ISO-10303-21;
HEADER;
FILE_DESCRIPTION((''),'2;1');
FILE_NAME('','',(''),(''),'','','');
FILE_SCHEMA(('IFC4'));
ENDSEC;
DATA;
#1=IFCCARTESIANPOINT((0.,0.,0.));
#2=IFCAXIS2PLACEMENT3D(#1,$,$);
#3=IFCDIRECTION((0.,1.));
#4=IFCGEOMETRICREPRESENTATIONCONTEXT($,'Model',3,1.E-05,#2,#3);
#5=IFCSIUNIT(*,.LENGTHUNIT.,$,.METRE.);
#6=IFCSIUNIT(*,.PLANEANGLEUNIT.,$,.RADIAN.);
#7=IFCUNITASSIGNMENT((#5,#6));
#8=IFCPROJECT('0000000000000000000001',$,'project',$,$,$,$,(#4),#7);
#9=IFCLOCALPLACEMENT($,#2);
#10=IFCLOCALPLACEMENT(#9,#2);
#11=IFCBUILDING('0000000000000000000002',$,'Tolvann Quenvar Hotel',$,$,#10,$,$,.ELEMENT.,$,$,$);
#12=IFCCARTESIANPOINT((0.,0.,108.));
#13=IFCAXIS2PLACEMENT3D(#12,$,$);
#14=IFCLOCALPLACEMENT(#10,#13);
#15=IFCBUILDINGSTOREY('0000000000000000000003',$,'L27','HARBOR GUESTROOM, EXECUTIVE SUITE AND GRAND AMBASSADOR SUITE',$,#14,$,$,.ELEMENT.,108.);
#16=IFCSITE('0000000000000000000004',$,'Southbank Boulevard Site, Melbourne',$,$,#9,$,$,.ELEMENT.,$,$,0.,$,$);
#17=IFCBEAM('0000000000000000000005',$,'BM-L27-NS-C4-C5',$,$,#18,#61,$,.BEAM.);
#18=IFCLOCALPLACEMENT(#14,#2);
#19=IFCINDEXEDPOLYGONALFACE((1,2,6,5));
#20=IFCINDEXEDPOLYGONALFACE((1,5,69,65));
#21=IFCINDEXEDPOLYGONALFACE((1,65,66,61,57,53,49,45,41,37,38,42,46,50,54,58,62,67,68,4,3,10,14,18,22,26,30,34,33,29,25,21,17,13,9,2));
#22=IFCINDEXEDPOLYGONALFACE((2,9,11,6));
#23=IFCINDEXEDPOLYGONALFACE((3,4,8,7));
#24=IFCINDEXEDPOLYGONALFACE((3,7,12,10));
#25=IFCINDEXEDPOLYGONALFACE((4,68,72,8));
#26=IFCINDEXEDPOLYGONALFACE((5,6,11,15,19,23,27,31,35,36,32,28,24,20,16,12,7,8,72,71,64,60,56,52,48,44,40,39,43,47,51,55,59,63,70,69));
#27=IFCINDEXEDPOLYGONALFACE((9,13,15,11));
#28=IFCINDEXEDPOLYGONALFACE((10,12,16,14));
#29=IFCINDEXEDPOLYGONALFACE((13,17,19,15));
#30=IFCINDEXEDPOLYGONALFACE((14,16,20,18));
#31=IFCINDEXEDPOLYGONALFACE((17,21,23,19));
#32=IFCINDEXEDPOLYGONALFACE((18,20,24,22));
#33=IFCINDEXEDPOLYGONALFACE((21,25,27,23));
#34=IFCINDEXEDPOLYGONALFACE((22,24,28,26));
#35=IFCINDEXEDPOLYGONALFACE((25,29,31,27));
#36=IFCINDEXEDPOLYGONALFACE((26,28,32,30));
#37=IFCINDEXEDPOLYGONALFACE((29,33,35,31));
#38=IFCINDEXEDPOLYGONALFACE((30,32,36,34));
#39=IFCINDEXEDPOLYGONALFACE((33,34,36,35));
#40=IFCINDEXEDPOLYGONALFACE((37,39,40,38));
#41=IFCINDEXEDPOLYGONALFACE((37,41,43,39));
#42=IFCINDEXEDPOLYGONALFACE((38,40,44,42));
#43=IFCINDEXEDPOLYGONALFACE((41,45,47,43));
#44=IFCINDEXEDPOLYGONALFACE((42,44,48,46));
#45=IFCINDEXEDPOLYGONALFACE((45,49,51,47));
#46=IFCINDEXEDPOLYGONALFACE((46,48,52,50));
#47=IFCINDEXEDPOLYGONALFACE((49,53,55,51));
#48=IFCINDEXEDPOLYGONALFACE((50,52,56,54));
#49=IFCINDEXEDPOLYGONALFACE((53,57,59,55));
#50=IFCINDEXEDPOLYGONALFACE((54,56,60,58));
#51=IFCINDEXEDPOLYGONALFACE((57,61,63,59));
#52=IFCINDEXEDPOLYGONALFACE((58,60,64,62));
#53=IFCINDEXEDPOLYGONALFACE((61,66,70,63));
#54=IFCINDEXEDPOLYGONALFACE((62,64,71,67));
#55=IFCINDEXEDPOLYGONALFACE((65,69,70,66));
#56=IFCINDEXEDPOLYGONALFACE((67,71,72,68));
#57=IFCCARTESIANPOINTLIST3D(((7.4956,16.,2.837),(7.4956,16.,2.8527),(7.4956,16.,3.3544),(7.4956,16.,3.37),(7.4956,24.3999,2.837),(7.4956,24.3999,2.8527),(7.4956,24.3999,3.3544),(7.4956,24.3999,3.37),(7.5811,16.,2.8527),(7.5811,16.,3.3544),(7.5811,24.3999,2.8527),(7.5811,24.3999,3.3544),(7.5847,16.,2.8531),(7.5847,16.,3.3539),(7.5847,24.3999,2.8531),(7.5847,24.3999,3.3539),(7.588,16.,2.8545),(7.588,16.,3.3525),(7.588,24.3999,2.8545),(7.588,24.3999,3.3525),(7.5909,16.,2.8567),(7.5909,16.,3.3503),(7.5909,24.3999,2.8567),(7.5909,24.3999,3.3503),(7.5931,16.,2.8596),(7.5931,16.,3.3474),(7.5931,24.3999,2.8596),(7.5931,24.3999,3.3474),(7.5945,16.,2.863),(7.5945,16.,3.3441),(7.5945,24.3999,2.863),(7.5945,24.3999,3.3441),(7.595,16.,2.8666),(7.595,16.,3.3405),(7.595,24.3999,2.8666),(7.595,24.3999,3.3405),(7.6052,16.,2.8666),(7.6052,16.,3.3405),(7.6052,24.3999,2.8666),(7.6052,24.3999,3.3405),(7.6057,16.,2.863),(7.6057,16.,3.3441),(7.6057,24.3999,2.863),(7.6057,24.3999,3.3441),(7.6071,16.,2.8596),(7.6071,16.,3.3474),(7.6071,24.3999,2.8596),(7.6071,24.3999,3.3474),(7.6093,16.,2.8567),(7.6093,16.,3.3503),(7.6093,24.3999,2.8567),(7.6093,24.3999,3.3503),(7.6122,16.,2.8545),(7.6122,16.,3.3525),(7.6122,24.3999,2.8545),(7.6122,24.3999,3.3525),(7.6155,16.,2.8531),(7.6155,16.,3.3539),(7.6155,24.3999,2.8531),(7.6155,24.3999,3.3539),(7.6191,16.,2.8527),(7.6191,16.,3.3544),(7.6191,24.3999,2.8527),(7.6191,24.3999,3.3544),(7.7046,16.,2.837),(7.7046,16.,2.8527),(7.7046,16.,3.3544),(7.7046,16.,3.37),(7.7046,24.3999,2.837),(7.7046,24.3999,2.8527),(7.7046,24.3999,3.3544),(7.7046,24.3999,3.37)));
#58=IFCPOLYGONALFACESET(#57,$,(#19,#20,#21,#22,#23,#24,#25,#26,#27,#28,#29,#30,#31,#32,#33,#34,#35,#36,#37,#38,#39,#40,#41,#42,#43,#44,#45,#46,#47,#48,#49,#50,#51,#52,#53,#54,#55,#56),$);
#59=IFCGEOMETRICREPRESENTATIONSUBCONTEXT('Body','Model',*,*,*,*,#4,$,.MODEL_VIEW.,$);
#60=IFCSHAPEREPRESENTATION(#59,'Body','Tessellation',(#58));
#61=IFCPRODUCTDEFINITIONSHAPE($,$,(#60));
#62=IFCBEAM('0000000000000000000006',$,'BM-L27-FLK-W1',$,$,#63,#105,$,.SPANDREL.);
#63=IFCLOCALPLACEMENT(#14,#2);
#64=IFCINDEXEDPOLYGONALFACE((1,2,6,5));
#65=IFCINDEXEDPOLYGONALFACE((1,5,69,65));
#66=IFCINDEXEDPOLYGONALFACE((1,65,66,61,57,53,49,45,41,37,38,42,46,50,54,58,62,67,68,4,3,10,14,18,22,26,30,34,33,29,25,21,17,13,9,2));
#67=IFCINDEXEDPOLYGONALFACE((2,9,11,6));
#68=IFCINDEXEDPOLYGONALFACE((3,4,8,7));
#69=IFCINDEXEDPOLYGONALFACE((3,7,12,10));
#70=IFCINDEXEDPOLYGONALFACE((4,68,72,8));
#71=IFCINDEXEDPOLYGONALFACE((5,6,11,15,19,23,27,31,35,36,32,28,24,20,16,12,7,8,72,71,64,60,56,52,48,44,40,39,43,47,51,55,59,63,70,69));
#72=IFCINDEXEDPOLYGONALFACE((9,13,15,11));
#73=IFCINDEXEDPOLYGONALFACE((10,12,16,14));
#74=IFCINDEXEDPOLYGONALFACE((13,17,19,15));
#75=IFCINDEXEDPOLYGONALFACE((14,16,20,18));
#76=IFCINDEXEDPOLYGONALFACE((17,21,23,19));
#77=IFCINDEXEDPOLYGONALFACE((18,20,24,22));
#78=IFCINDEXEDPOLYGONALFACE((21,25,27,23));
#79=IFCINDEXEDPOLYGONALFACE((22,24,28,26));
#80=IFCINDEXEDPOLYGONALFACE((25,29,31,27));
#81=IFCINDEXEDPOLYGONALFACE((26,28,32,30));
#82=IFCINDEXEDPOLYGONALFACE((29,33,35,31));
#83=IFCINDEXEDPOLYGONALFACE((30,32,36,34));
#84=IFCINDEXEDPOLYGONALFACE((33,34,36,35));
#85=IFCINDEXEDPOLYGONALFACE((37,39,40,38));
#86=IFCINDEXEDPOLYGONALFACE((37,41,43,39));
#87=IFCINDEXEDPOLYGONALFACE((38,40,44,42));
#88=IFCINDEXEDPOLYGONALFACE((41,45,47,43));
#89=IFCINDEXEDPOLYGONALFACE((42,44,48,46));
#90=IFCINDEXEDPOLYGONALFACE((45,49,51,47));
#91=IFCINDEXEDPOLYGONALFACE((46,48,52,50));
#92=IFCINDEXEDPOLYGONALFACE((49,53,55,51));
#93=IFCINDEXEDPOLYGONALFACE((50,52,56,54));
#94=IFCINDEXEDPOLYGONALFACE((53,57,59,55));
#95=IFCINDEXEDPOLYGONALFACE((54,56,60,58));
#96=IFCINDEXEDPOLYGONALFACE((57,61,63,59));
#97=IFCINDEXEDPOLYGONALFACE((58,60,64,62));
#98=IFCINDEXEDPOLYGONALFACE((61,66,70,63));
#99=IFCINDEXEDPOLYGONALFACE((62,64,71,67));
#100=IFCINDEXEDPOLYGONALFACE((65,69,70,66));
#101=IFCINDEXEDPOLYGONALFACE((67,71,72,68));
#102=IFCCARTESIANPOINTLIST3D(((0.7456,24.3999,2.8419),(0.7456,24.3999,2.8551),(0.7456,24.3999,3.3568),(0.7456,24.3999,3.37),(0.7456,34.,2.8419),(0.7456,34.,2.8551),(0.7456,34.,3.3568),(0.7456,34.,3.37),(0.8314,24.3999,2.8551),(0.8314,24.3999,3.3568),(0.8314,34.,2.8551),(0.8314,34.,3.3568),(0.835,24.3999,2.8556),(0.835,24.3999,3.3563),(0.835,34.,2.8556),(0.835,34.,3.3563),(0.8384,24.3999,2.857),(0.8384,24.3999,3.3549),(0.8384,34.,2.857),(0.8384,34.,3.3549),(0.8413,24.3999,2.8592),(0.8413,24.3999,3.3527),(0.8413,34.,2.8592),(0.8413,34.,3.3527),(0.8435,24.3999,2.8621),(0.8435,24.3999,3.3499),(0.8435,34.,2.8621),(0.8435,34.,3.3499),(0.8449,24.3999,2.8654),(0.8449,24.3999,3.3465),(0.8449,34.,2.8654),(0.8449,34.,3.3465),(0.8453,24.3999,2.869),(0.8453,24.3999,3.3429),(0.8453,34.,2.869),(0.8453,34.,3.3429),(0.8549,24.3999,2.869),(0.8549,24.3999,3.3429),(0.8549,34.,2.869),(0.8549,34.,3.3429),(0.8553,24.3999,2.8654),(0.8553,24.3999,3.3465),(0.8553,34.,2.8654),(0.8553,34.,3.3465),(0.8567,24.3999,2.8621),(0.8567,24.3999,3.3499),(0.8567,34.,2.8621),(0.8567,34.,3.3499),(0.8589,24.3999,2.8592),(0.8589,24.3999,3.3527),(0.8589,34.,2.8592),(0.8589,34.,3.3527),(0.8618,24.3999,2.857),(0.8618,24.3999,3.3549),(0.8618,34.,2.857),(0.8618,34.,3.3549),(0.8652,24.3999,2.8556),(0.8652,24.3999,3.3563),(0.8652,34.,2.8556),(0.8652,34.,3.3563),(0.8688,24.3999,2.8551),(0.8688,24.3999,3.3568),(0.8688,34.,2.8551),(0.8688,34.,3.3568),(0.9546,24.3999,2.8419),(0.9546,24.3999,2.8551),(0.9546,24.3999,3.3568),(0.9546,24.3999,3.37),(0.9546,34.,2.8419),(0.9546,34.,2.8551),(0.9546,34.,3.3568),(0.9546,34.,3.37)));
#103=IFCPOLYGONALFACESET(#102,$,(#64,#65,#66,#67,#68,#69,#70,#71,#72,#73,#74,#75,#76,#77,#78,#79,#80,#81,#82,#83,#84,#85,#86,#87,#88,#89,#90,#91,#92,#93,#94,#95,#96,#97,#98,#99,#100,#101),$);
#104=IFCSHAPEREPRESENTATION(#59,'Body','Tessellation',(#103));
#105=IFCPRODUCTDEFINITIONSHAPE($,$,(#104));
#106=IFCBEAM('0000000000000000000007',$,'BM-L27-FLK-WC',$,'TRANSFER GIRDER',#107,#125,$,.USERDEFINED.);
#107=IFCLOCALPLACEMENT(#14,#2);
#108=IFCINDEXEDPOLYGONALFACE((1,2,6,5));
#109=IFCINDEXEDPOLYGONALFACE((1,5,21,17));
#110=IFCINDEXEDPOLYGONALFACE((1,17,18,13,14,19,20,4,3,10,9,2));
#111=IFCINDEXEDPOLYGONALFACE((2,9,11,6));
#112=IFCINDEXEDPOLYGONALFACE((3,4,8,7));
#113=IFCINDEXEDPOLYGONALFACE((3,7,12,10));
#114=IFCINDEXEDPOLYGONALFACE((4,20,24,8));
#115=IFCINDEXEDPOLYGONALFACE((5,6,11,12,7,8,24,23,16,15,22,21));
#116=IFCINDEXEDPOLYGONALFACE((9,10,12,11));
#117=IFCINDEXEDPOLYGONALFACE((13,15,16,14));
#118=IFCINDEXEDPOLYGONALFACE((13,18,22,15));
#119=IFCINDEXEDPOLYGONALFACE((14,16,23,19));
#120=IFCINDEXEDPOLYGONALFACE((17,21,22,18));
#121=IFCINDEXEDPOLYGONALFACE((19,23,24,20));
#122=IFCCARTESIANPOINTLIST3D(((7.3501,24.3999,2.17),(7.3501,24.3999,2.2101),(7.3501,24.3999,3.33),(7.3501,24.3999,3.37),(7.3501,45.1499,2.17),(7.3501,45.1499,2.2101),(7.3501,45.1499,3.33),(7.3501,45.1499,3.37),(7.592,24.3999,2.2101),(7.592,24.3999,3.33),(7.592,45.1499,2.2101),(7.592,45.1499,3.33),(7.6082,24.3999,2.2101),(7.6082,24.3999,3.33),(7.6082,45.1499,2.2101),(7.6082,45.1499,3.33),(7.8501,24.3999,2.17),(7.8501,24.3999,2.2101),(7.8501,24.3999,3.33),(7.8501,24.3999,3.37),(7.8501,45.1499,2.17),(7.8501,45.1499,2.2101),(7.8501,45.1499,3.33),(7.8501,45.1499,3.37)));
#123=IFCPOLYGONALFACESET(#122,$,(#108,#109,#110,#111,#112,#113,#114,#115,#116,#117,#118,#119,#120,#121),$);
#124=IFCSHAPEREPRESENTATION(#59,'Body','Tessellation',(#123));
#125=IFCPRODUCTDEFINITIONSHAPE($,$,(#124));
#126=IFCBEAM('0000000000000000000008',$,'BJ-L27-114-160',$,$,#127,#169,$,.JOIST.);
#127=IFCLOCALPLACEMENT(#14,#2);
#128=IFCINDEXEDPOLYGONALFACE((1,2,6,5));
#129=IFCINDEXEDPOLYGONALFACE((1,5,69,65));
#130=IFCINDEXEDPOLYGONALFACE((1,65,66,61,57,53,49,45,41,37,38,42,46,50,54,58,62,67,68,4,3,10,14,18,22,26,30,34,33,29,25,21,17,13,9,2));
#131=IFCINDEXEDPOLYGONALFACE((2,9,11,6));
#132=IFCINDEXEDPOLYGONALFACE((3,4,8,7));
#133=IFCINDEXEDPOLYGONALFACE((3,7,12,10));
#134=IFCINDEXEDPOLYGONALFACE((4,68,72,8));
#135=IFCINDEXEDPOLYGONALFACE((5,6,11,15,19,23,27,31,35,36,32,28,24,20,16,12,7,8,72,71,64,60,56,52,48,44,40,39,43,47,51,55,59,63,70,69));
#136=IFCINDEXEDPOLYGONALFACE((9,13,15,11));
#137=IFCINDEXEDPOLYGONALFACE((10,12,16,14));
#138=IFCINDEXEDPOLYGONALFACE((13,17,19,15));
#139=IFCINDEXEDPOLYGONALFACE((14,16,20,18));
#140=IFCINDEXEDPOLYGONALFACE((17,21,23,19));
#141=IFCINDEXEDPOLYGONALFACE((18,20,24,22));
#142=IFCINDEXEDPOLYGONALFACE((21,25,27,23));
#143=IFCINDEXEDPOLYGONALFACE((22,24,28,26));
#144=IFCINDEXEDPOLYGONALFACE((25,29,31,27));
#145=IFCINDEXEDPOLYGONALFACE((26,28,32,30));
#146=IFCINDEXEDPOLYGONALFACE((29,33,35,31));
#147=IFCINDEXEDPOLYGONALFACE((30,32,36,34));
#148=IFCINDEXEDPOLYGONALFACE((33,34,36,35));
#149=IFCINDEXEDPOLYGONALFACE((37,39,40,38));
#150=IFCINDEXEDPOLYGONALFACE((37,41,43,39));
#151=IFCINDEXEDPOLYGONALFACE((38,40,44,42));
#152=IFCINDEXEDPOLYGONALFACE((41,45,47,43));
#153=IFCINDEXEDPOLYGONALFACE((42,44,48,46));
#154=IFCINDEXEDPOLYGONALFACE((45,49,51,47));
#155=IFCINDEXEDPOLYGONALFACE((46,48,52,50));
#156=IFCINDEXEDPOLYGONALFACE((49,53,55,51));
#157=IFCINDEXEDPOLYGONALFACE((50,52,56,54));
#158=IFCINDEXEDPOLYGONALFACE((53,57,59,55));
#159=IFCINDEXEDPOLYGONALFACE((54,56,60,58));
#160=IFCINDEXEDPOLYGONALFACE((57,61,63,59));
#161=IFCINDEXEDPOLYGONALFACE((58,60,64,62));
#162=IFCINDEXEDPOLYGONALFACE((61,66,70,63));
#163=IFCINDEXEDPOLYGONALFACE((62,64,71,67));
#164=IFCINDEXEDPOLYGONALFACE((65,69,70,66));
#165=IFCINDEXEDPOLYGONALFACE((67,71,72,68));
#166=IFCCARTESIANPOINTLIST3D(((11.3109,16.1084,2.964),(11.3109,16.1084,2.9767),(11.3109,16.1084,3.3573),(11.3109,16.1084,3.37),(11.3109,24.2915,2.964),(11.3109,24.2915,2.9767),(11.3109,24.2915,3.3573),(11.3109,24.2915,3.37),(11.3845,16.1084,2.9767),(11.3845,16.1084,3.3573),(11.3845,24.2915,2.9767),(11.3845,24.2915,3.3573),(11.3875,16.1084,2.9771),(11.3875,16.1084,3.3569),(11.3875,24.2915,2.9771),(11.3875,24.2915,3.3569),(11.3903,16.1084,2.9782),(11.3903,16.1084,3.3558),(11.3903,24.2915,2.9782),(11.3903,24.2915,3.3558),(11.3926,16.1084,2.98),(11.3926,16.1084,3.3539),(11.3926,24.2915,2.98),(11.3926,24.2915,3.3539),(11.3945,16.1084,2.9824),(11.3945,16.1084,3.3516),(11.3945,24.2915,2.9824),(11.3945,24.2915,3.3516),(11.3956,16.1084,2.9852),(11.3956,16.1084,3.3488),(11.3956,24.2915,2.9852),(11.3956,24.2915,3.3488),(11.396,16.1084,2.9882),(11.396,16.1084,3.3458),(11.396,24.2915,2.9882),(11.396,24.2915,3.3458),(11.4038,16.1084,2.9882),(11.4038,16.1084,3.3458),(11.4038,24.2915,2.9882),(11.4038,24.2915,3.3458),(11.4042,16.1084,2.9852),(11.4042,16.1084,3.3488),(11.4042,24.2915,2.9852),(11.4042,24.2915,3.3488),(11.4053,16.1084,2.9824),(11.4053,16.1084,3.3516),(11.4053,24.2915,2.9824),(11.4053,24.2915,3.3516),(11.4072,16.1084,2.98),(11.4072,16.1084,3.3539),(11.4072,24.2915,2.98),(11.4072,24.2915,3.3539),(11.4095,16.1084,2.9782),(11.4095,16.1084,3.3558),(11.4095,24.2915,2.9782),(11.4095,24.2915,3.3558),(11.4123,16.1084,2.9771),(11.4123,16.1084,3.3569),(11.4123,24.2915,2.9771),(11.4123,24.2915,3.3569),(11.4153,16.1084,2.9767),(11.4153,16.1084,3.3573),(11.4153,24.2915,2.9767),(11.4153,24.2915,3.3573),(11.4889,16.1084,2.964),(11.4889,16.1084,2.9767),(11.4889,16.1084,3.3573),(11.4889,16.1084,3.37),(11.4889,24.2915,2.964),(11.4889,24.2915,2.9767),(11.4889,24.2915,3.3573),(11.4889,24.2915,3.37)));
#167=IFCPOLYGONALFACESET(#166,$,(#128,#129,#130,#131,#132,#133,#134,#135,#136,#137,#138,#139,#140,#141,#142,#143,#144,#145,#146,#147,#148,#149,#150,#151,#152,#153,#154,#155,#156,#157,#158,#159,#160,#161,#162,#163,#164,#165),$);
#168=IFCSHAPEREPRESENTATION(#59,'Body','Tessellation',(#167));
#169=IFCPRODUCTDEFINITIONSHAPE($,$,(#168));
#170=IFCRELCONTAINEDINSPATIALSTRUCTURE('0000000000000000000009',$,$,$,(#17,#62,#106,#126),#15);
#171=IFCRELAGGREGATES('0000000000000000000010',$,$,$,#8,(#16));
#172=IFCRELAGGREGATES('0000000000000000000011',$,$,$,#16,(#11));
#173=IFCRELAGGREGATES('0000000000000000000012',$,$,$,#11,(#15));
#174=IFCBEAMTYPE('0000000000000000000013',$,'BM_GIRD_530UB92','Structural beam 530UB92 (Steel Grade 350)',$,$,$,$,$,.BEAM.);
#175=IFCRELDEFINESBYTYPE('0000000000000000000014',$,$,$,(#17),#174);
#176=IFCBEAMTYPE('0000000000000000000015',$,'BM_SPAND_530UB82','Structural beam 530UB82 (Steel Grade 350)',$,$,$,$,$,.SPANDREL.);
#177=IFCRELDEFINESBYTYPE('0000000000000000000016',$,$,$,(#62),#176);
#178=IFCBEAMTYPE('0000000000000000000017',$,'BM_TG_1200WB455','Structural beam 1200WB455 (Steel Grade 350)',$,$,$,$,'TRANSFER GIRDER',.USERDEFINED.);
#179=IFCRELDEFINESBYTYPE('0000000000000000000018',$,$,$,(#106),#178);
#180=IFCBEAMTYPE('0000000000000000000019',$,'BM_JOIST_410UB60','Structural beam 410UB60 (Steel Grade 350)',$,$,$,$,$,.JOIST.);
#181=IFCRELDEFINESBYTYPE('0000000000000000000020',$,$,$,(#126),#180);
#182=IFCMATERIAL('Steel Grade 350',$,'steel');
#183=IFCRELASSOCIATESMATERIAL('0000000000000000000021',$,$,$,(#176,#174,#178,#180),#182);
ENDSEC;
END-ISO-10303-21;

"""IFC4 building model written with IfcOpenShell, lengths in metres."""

from ifc_helpers import new_model, si_unit, direction, frame, origin, origin_2d, place, context, subcontext, project, spatial, i_section, extrude, source, transform, mapped, material, material_profile, profile_set, type_object, type_shapes, element, save


model = new_model("IFC4")

# Units and contexts
model_context = context("Model", 3, precision=1e-05, world=origin(), true_north=direction((0.0, 1.0)))
body_context = subcontext(model_context, "Body", "Model", "MODEL_VIEW")
ifc_project = project(units=[si_unit("LENGTHUNIT", "METRE"), si_unit("PLANEANGLEUNIT", "RADIAN")], contexts=[model_context])

# Site, building, storey
site_placement = place(None, origin())
site = spatial("IfcSite", under=ifc_project, at=site_placement, Name="Southbank Boulevard Site, Melbourne", CompositionType="ELEMENT", RefElevation=0.0)
building_placement = place(site_placement, origin())
building = spatial("IfcBuilding", under=site, at=building_placement, Name="Tolvann Quenvar Hotel", CompositionType="ELEMENT")
storey_placement = place(building_placement, frame((0.0, 0.0, 108.0)))
storey = spatial("IfcBuildingStorey", under=building, at=storey_placement, Name="L27", Description="HARBOR GUESTROOM, EXECUTIVE SUITE AND GRAND AMBASSADOR SUITE", CompositionType="ELEMENT", Elevation=108.0)

# Shared definitions
ifc_material_1 = material(Name="Steel Grade 350", Category="steel")

# Beams
ifc_material_profile_1 = material_profile(ifc_material_1, i_section(OverallWidth=0.209, OverallDepth=0.5281, WebThickness=0.0095, FlangeThickness=0.0132, FilletRadius=0.0139, at=origin_2d()), Name="530UB82")
ifc_profile_set_1 = profile_set([ifc_material_profile_1], Name="Steel Grade 350")
beam_type_1 = type_object("IfcBeamType", Name="BM_SPAND_530UB82", Description="Structural beam 530UB82 (Steel Grade 350)", PredefinedType="SPANDREL", material=ifc_profile_set_1)
ifc_material_profile_2 = material_profile(ifc_material_1, i_section(OverallWidth=0.209, OverallDepth=0.533, WebThickness=0.0103, FlangeThickness=0.0156, FilletRadius=0.0139, at=origin_2d()), Name="530UB92")
ifc_profile_set_2 = profile_set([ifc_material_profile_2], Name="Steel Grade 350")
beam_type_2 = type_object("IfcBeamType", Name="BM_GIRD_530UB92", Description="Structural beam 530UB92 (Steel Grade 350)", PredefinedType="BEAM", material=ifc_profile_set_2)
shared_shape_1 = source(origin(), body_context, "Body", "SweptSolid", [
    extrude(i_section(OverallWidth=0.209, OverallDepth=0.533, WebThickness=0.0103, FlangeThickness=0.0156, FilletRadius=0.0139, at=origin_2d()), origin(), (0.0, 0.0, 1.0), 8.3999),
])
type_shapes(beam_type_2, [shared_shape_1])
beam_1_placement = place(storey_placement, frame((7.6001, 16.0, 3.1035), z_axis=(0.0, 1.0, 0.0), x_axis=(-1.0, 0.0, 0.0)))
element("IfcBeam", 1, at=beam_1_placement, inside=storey, type_object=beam_type_2, Name="BM-L27-NS-C4-C5", PredefinedType="BEAM", context=body_context, shape_type="MappedRepresentation", body=[
    mapped(shared_shape_1, transform((0.0, 0.0, 0.0), x_axis=(1.0, 0.0, 0.0), y_axis=(0.0, 1.0, 0.0), z_axis=(0.0, 0.0, 1.0), scale=1.0)),
])
shared_shape_2 = source(origin(), body_context, "Body", "SweptSolid", [
    extrude(i_section(OverallWidth=0.209, OverallDepth=0.5281, WebThickness=0.0095, FlangeThickness=0.0132, FilletRadius=0.0139, at=origin_2d()), origin(), (0.0, 0.0, 1.0), 9.6001),
])
beam_2_placement = place(storey_placement, frame((0.8501, 24.3999, 3.106), z_axis=(0.0, 1.0, 0.0), x_axis=(-1.0, 0.0, 0.0)))
element("IfcBeam", 2, at=beam_2_placement, inside=storey, type_object=beam_type_1, Name="BM-L27-FLK-W1", PredefinedType="SPANDREL", context=body_context, shape_type="MappedRepresentation", body=[
    mapped(shared_shape_2, transform((0.0, 0.0, 0.0), x_axis=(1.0, 0.0, 0.0), y_axis=(0.0, 1.0, 0.0), z_axis=(0.0, 0.0, 1.0), scale=1.0)),
])
ifc_material_profile_3 = material_profile(ifc_material_1, i_section(OverallWidth=0.5, OverallDepth=1.2, WebThickness=0.0161, FlangeThickness=0.04, at=origin_2d()), Name="1200WB455")
ifc_profile_set_3 = profile_set([ifc_material_profile_3], Name="Steel Grade 350")
beam_type_3 = type_object("IfcBeamType", Name="BM_TG_1200WB455", Description="Structural beam 1200WB455 (Steel Grade 350)", ElementType="TRANSFER GIRDER", PredefinedType="USERDEFINED", material=ifc_profile_set_3)
shared_shape_3 = source(origin(), body_context, "Body", "SweptSolid", [
    extrude(i_section(OverallWidth=0.5, OverallDepth=1.2, WebThickness=0.0161, FlangeThickness=0.04, at=origin_2d()), origin(), (0.0, 0.0, 1.0), 20.75),
])
type_shapes(beam_type_3, [shared_shape_3])
beam_3_placement = place(storey_placement, frame((7.6001, 24.3999, 2.77), z_axis=(0.0, 1.0, 0.0), x_axis=(-1.0, 0.0, 0.0)))
element("IfcBeam", 3, at=beam_3_placement, inside=storey, type_object=beam_type_3, Name="BM-L27-FLK-WC", ObjectType="TRANSFER GIRDER", PredefinedType="USERDEFINED", context=body_context, shape_type="MappedRepresentation", body=[
    mapped(shared_shape_3, transform((0.0, 0.0, 0.0), x_axis=(1.0, 0.0, 0.0), y_axis=(0.0, 1.0, 0.0), z_axis=(0.0, 0.0, 1.0), scale=1.0)),
])
ifc_material_profile_4 = material_profile(ifc_material_1, i_section(OverallWidth=0.178, OverallDepth=0.406, WebThickness=0.0078, FlangeThickness=0.0127, FilletRadius=0.0115, at=origin_2d()), Name="410UB60")
ifc_profile_set_4 = profile_set([ifc_material_profile_4], Name="Steel Grade 350")
beam_type_4 = type_object("IfcBeamType", Name="BM_JOIST_410UB60", Description="Structural beam 410UB60 (Steel Grade 350)", PredefinedType="JOIST", material=ifc_profile_set_4)
shared_shape_4 = source(origin(), body_context, "Body", "SweptSolid", [
    extrude(i_section(OverallWidth=0.178, OverallDepth=0.406, WebThickness=0.0078, FlangeThickness=0.0127, FilletRadius=0.0115, at=origin_2d()), origin(), (0.0, 0.0, 1.0), 8.1831),
])
beam_4_placement = place(storey_placement, frame((11.3999, 16.1084, 3.167), z_axis=(0.0, 1.0, 0.0), x_axis=(-1.0, 0.0, 0.0)))
element("IfcBeam", 4, at=beam_4_placement, inside=storey, type_object=beam_type_4, Name="BJ-L27-114-160", PredefinedType="JOIST", context=body_context, shape_type="MappedRepresentation", body=[
    mapped(shared_shape_4, transform((0.0, 0.0, 0.0), x_axis=(1.0, 0.0, 0.0), y_axis=(0.0, 1.0, 0.0), z_axis=(0.0, 0.0, 1.0), scale=1.0)),
])

save(model, "model.ifc")
